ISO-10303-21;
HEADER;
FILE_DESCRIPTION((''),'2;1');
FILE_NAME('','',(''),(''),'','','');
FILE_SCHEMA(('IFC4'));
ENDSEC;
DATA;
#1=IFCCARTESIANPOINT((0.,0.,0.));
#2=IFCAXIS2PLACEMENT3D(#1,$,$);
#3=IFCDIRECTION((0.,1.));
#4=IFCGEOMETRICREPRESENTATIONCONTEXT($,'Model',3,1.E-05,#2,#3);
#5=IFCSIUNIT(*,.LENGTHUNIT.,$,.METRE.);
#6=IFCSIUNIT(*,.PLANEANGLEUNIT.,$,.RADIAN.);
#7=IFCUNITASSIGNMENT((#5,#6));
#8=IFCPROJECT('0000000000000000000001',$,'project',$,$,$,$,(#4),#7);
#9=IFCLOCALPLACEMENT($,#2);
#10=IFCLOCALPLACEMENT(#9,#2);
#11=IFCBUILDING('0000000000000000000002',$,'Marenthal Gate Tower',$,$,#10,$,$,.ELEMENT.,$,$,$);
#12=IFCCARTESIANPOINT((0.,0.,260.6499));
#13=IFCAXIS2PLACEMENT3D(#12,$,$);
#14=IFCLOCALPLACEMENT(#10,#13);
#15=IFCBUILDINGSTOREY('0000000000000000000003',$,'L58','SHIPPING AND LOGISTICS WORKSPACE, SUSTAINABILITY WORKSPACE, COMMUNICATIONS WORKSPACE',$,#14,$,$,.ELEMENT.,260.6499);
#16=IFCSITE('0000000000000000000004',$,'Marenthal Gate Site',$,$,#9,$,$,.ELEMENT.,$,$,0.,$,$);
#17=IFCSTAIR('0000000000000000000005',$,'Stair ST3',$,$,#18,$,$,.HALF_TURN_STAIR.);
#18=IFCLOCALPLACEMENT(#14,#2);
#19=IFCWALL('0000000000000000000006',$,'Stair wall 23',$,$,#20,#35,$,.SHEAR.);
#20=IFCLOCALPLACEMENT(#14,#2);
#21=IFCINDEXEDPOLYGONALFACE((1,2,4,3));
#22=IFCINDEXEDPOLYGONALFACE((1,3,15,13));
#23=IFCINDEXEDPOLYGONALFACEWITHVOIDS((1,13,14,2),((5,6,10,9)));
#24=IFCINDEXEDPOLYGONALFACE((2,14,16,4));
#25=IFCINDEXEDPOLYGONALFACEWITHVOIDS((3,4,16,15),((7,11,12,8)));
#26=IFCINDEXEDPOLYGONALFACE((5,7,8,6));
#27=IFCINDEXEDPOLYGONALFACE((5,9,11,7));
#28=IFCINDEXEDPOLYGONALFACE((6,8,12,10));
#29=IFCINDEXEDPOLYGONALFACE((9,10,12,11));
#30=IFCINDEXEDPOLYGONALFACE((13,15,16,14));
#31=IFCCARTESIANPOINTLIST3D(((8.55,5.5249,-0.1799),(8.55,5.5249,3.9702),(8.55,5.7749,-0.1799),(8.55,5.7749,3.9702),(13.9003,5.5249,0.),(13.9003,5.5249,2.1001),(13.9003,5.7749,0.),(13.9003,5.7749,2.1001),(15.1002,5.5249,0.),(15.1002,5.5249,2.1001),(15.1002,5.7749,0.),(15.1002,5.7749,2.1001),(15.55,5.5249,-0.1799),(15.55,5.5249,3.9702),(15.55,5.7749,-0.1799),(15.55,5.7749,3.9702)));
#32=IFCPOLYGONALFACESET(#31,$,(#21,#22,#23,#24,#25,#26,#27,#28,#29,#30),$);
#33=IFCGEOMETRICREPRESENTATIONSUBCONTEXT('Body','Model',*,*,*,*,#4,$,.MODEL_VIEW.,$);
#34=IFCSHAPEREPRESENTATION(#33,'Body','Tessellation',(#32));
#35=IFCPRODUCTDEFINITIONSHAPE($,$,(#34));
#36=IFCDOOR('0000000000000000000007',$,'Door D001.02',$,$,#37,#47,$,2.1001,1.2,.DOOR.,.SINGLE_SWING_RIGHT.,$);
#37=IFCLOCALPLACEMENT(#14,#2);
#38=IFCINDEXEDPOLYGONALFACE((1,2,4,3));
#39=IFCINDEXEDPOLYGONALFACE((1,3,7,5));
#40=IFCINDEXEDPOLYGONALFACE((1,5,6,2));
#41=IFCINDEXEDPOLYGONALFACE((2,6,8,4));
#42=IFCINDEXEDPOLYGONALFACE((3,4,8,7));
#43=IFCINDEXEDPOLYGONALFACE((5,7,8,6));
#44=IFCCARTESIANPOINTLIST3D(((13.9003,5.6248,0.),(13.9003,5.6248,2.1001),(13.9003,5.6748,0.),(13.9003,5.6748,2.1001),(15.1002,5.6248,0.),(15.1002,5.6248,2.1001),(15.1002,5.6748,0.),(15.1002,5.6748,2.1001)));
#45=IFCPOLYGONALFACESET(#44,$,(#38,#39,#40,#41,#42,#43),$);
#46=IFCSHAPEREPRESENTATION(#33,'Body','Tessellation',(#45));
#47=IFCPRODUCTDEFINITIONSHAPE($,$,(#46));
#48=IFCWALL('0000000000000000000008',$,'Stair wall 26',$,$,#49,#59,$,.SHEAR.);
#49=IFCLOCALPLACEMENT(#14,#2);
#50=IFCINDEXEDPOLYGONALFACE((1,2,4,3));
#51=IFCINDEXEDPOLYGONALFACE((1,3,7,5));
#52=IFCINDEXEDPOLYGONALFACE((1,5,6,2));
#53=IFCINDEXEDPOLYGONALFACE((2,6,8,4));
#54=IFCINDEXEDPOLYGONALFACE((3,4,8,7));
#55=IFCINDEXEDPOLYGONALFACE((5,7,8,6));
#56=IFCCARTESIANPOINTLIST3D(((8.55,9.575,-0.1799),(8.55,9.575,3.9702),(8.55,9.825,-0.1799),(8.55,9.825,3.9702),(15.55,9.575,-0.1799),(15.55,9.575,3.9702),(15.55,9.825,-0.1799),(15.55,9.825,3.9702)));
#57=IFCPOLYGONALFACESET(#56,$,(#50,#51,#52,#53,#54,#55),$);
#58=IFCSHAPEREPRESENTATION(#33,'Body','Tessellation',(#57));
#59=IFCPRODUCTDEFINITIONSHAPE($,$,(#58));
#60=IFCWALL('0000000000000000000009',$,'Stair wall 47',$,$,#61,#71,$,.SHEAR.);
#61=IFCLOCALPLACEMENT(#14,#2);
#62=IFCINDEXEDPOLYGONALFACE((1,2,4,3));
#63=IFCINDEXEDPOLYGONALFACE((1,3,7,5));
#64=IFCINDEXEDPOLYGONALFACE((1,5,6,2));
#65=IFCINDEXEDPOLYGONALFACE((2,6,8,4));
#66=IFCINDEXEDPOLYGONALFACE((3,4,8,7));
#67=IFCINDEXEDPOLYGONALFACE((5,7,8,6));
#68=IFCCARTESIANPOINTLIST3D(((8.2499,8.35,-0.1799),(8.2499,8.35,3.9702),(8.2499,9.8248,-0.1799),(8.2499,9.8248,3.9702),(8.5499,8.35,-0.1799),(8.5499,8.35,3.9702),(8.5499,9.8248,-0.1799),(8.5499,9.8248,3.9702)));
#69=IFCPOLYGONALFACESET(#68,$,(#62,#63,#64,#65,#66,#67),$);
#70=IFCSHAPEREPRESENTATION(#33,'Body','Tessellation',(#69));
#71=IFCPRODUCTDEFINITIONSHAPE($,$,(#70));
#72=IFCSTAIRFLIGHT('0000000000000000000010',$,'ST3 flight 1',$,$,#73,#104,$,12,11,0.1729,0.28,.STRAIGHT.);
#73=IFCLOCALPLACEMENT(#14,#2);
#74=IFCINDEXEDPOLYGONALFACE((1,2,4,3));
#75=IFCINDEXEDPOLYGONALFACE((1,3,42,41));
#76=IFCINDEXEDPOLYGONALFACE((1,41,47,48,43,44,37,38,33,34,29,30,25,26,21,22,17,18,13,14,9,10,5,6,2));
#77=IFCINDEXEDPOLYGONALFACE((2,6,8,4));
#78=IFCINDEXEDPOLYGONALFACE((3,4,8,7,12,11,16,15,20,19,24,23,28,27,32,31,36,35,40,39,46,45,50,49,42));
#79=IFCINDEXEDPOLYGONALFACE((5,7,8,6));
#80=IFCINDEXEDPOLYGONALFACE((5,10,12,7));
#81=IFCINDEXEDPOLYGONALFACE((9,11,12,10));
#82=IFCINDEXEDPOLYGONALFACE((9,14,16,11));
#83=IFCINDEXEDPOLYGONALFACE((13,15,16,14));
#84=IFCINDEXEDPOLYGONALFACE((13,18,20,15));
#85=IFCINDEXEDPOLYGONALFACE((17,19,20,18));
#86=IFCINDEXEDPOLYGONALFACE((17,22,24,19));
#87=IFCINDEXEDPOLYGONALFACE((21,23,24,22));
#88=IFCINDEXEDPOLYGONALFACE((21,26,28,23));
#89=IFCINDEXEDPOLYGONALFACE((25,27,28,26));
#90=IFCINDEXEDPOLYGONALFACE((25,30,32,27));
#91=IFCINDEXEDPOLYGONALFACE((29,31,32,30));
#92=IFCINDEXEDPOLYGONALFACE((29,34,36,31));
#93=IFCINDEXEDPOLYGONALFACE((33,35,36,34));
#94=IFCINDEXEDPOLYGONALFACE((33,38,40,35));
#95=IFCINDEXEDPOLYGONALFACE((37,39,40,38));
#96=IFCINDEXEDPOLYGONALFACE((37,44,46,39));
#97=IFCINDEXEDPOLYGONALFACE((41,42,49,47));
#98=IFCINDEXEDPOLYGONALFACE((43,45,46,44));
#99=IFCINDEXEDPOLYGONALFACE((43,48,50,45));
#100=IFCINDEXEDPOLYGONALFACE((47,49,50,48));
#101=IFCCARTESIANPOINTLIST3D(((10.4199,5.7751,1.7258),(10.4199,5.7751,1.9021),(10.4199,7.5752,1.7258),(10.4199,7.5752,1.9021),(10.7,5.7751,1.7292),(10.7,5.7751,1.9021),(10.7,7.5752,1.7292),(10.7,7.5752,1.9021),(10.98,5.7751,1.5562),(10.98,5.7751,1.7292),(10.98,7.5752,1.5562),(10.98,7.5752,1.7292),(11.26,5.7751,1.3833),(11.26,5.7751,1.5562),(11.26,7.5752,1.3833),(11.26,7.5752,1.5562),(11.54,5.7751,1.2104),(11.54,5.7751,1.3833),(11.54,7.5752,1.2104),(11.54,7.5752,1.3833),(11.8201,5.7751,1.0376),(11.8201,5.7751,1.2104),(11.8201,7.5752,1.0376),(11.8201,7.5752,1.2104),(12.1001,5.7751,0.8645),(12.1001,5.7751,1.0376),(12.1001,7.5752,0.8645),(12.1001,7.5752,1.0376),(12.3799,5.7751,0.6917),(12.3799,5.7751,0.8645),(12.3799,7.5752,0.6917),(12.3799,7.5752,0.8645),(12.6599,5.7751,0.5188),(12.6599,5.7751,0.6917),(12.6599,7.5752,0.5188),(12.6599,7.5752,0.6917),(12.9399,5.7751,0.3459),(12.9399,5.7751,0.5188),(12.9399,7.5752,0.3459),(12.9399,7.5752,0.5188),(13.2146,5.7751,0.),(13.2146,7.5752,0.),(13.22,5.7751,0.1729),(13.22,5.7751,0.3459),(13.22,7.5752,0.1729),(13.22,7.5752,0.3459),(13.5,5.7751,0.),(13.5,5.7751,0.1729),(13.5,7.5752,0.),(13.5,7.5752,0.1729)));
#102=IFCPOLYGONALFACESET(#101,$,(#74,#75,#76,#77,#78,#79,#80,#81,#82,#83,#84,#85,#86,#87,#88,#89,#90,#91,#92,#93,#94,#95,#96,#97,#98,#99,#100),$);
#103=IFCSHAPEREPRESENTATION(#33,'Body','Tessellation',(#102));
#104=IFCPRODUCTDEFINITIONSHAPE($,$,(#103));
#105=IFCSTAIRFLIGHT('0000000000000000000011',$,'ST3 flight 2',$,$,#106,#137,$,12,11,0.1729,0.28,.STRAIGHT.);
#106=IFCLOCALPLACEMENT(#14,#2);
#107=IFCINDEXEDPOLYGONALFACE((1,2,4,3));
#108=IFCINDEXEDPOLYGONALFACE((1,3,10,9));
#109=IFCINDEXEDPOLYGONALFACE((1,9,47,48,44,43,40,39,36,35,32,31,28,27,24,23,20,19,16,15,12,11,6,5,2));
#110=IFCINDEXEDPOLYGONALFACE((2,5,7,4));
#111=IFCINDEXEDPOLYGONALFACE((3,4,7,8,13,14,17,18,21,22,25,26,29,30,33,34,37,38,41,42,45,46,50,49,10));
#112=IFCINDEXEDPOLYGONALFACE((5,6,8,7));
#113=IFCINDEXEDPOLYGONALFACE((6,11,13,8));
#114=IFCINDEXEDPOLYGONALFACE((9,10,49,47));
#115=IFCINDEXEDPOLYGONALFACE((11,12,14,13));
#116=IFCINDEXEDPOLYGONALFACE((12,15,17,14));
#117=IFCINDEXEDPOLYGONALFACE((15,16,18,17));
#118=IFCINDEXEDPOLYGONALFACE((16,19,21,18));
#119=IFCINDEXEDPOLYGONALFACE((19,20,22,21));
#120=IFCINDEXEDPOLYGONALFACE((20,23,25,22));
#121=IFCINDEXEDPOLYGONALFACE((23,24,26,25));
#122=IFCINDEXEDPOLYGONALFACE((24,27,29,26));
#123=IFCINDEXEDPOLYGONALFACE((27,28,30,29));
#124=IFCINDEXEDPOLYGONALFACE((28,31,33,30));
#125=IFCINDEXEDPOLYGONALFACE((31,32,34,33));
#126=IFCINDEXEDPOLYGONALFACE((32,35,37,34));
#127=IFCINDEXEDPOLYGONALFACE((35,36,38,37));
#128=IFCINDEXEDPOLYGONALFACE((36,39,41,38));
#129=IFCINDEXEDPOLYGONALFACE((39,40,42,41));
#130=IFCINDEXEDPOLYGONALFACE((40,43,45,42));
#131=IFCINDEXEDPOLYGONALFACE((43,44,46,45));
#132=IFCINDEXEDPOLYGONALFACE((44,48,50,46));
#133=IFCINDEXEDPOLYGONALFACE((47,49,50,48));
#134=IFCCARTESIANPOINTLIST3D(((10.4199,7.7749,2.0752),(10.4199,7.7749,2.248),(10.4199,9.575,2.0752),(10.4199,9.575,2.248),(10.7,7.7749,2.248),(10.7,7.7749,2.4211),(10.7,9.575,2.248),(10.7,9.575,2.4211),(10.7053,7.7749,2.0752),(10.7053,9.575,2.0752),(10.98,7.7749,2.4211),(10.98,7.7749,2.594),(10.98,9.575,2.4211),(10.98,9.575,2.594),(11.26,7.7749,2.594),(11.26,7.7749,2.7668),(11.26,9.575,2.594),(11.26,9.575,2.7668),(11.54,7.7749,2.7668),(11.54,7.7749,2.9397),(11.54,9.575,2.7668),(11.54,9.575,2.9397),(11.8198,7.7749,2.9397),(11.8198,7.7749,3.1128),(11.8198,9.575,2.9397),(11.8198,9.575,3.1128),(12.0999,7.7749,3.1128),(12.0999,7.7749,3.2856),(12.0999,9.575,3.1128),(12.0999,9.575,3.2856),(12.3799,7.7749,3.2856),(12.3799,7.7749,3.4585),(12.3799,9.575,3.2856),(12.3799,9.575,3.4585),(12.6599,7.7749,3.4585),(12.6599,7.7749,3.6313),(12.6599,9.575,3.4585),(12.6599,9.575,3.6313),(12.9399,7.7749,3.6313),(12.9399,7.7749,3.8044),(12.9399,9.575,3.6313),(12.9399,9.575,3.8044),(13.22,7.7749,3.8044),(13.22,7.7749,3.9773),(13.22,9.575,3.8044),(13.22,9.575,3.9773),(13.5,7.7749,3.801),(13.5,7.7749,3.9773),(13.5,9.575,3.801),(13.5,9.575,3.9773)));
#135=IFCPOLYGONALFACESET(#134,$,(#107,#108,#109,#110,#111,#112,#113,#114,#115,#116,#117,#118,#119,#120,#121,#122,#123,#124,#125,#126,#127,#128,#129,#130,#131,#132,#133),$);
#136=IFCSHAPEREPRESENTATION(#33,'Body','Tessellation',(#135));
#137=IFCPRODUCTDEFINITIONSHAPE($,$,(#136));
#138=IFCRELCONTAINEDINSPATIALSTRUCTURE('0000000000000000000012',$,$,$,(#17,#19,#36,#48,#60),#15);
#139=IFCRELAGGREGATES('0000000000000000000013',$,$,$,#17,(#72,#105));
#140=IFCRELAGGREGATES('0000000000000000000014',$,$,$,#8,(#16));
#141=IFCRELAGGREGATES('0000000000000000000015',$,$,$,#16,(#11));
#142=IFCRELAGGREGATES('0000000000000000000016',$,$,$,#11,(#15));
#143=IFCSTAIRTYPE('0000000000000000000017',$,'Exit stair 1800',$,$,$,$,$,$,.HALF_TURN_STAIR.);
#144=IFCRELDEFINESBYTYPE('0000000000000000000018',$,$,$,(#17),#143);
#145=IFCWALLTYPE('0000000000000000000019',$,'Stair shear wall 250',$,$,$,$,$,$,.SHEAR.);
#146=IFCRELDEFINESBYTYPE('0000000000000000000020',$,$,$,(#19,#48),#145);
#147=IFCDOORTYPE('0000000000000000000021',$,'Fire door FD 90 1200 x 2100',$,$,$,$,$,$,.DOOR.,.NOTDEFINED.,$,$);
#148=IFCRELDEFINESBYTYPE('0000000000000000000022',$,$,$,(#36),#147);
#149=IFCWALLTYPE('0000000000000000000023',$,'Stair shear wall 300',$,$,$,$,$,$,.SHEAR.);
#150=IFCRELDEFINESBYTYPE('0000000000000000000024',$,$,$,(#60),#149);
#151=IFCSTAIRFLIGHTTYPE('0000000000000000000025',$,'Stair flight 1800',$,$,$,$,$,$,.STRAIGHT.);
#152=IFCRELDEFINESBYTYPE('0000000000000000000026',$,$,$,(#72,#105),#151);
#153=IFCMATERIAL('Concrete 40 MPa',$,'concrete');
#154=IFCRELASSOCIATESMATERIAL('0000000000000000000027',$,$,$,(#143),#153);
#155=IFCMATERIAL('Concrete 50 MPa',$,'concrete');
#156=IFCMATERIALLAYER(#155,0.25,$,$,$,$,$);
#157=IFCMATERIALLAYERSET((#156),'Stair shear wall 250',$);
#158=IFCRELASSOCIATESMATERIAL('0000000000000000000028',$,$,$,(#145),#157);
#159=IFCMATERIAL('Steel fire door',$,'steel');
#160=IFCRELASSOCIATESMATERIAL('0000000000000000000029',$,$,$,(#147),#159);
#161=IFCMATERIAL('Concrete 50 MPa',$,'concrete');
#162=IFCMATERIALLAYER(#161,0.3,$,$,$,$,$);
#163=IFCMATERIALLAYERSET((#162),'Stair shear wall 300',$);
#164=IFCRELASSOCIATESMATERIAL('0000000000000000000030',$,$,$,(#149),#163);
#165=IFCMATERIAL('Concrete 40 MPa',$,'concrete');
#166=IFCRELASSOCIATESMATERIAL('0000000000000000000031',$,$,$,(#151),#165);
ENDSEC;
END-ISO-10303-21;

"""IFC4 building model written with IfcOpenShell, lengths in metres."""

from ifc_helpers import new_model, si_unit, direction, frame, frame_2d, origin, place, context, subcontext, project, spatial, polyline, rectangle, outline, extrude, material, layer, layer_set, type_object, element, fill, aggregate, save


model = new_model("IFC4")

# Units and contexts
model_context = context("Model", 3, precision=1e-05, world=origin(), true_north=direction((0.0, 1.0)))
body_context = subcontext(model_context, "Body", "Model", "MODEL_VIEW")
ifc_project = project(units=[si_unit("LENGTHUNIT", "METRE"), si_unit("PLANEANGLEUNIT", "RADIAN")], contexts=[model_context])

# Site, building, storey
site_placement = place(None, origin())
site = spatial("IfcSite", under=ifc_project, at=site_placement, Name="Marenthal Gate Site", CompositionType="ELEMENT", RefElevation=0.0)
building_placement = place(site_placement, origin())
building = spatial("IfcBuilding", under=site, at=building_placement, Name="Marenthal Gate Tower", CompositionType="ELEMENT")
storey_placement = place(building_placement, frame((0.0, 0.0, 260.6499)))
storey = spatial("IfcBuildingStorey", under=building, at=storey_placement, Name="L58", Description="SHIPPING AND LOGISTICS WORKSPACE, SUSTAINABILITY WORKSPACE, COMMUNICATIONS WORKSPACE", CompositionType="ELEMENT", Elevation=260.6499)

# Stair
ifc_material_1 = material(Name="Concrete 40 MPa", Category="concrete")
stair_type = type_object("IfcStairType", Name="Exit stair 1800", PredefinedType="HALF_TURN_STAIR", material=ifc_material_1)
stair_1_placement = place(storey_placement, origin())
stair_1 = element("IfcStair", 1, at=stair_1_placement, inside=storey, type_object=stair_type, Name="Stair ST3", PredefinedType="HALF_TURN_STAIR")

# Wall, opening, door
ifc_material_2 = material(Name="Concrete 50 MPa", Category="concrete")
ifc_layer_1 = layer(ifc_material_2, 0.25)
ifc_layer_set_1 = layer_set([ifc_layer_1], Name="Stair shear wall 250")
wall_type_1 = type_object("IfcWallType", Name="Stair shear wall 250", PredefinedType="SHEAR", material=ifc_layer_set_1)
wall_1_placement = place(storey_placement, frame((8.55, 5.6499, -0.1799), z_axis=(0.0, 0.0, 1.0), x_axis=(1.0, 0.0, 0.0)))
wall_1 = element("IfcWall", 2, at=wall_1_placement, inside=storey, type_object=wall_type_1, Name="Stair wall 23", PredefinedType="SHEAR", context=body_context, shape_type="SweptSolid", body=[
    extrude(rectangle(XDim=7.0, YDim=0.25, at=frame_2d((3.5, 0.0))), origin(), (0.0, 0.0, 1.0), 4.1501),
])
opening_1_placement = place(wall_1_placement, frame((5.3501, 0.0, 0.1799)))
opening_1 = element("IfcOpeningElement", 3, at=opening_1_placement, cuts=wall_1, PredefinedType="OPENING", context=body_context, shape_type="SweptSolid", body=[
    extrude(rectangle(XDim=1.2, YDim=2.1001, at=frame_2d((0.6001, 1.05))), frame((0.0, 0.135, 0.0), z_axis=(0.0, -1.0, 0.0), x_axis=(1.0, 0.0, 0.0)), (0.0, 0.0, 1.0), 0.27),
])
ifc_material_3 = material(Name="Steel fire door", Category="steel")
door_type_1 = type_object("IfcDoorType", Name="Fire door FD 90 1200 x 2100", OperationType="NOTDEFINED", PredefinedType="DOOR", material=ifc_material_3)
door_1_placement = place(opening_1_placement, origin())
door_1 = element("IfcDoor", 4, at=door_1_placement, inside=storey, type_object=door_type_1, Name="Door D001.02", OperationType="SINGLE_SWING_RIGHT", OverallHeight=2.1001, OverallWidth=1.2, PredefinedType="DOOR", context=body_context, shape_type="SweptSolid", body=[
    extrude(rectangle(XDim=1.2, YDim=2.1001, at=frame_2d((0.6001, 1.05))), frame((0.0, 0.0249, 0.0), z_axis=(0.0, -1.0, 0.0), x_axis=(1.0, 0.0, 0.0)), (0.0, 0.0, 1.0), 0.05),
])
fill(opening_1, door_1)

# Walls
wall_2_placement = place(storey_placement, frame((8.55, 9.7, -0.1799), z_axis=(0.0, 0.0, 1.0), x_axis=(1.0, 0.0, 0.0)))
element("IfcWall", 5, at=wall_2_placement, inside=storey, type_object=wall_type_1, Name="Stair wall 26", PredefinedType="SHEAR", context=body_context, shape_type="SweptSolid", body=[
    extrude(rectangle(XDim=7.0, YDim=0.25, at=frame_2d((3.5, 0.0))), origin(), (0.0, 0.0, 1.0), 4.1501),
])
ifc_material_4 = material(Name="Concrete 50 MPa", Category="concrete")
ifc_layer_2 = layer(ifc_material_4, 0.3)
ifc_layer_set_2 = layer_set([ifc_layer_2], Name="Stair shear wall 300")
wall_type_2 = type_object("IfcWallType", Name="Stair shear wall 300", PredefinedType="SHEAR", material=ifc_layer_set_2)
wall_3_placement = place(storey_placement, frame((8.3999, 8.3501, -0.1799), z_axis=(0.0, 0.0, 1.0), x_axis=(0.0, 1.0, 0.0)))
element("IfcWall", 6, at=wall_3_placement, inside=storey, type_object=wall_type_2, Name="Stair wall 47", PredefinedType="SHEAR", context=body_context, shape_type="SweptSolid", body=[
    extrude(rectangle(XDim=1.4749, YDim=0.3, at=frame_2d((0.7373, 0.0))), origin(), (0.0, 0.0, 1.0), 4.1501),
])

# Stair flights
ifc_material_5 = material(Name="Concrete 40 MPa", Category="concrete")
stair_flight_type = type_object("IfcStairFlightType", Name="Stair flight 1800", PredefinedType="STRAIGHT", material=ifc_material_5)
stair_flight_1_placement = place(storey_placement, frame((13.5, 6.675, 0.0), z_axis=(0.0, 0.0, 1.0), x_axis=(-1.0, 0.0, 0.0)))
stair_flight_1 = element("IfcStairFlight", 7, at=stair_flight_1_placement, type_object=stair_flight_type, Name="ST3 flight 1", NumberOfRisers=12, NumberOfTreads=11, PredefinedType="STRAIGHT", RiserHeight=0.1729, TreadLength=0.28, context=body_context, shape_type="SweptSolid", body=[
    extrude(outline(polyline([(0.0, 0.0), (0.0, 0.1729), (0.28, 0.1729), (0.28, 0.3459), (0.5601, 0.3459), (0.5601, 0.5188), (0.8401, 0.5188), (0.8401, 0.6917), (1.1201, 0.6917), (1.1201, 0.8645), (1.3999, 0.8645), (1.3999, 1.0376), (1.6799, 1.0376), (1.6799, 1.2104), (1.96, 1.2104), (1.96, 1.3833), (2.24, 1.3833), (2.24, 1.5562), (2.52, 1.5562), (2.52, 1.7292), (2.8, 1.7292), (2.8, 1.9021), (3.0801, 1.9021), (3.0801, 2.075), (3.0801, 1.7258), (0.2854, 0.0), (0.0, 0.0)])), frame((0.0, 0.8999, 0.0), z_axis=(0.0, -1.0, 0.0), x_axis=(1.0, 0.0, 0.0)), (0.0, 0.0, 1.0), 1.8),
])
stair_flight_2_placement = place(storey_placement, frame((10.4199, 8.675, 2.0752), z_axis=(0.0, 0.0, 1.0), x_axis=(1.0, 0.0, 0.0)))
stair_flight_2 = element("IfcStairFlight", 8, at=stair_flight_2_placement, type_object=stair_flight_type, Name="ST3 flight 2", NumberOfRisers=12, NumberOfTreads=11, PredefinedType="STRAIGHT", RiserHeight=0.1729, TreadLength=0.28, context=body_context, shape_type="SweptSolid", body=[
    extrude(outline(polyline([(0.0, 0.0), (0.0, 0.1729), (0.28, 0.1729), (0.28, 0.3459), (0.5601, 0.3459), (0.5601, 0.5188), (0.8401, 0.5188), (0.8401, 0.6917), (1.1201, 0.6917), (1.1201, 0.8645), (1.3999, 0.8645), (1.3999, 1.0376), (1.6799, 1.0376), (1.6799, 1.2104), (1.96, 1.2104), (1.96, 1.3833), (2.24, 1.3833), (2.24, 1.5562), (2.52, 1.5562), (2.52, 1.7292), (2.8, 1.7292), (2.8, 1.9021), (3.0801, 1.9021), (3.0801, 2.075), (3.0801, 1.7258), (0.2854, 0.0), (0.0, 0.0)])), frame((0.0, 0.8999, 0.0), z_axis=(0.0, -1.0, 0.0), x_axis=(1.0, 0.0, 0.0)), (0.0, 0.0, 1.0), 1.8),
])
aggregate(stair_1, [stair_flight_1, stair_flight_2])

save(model, "model.ifc")
